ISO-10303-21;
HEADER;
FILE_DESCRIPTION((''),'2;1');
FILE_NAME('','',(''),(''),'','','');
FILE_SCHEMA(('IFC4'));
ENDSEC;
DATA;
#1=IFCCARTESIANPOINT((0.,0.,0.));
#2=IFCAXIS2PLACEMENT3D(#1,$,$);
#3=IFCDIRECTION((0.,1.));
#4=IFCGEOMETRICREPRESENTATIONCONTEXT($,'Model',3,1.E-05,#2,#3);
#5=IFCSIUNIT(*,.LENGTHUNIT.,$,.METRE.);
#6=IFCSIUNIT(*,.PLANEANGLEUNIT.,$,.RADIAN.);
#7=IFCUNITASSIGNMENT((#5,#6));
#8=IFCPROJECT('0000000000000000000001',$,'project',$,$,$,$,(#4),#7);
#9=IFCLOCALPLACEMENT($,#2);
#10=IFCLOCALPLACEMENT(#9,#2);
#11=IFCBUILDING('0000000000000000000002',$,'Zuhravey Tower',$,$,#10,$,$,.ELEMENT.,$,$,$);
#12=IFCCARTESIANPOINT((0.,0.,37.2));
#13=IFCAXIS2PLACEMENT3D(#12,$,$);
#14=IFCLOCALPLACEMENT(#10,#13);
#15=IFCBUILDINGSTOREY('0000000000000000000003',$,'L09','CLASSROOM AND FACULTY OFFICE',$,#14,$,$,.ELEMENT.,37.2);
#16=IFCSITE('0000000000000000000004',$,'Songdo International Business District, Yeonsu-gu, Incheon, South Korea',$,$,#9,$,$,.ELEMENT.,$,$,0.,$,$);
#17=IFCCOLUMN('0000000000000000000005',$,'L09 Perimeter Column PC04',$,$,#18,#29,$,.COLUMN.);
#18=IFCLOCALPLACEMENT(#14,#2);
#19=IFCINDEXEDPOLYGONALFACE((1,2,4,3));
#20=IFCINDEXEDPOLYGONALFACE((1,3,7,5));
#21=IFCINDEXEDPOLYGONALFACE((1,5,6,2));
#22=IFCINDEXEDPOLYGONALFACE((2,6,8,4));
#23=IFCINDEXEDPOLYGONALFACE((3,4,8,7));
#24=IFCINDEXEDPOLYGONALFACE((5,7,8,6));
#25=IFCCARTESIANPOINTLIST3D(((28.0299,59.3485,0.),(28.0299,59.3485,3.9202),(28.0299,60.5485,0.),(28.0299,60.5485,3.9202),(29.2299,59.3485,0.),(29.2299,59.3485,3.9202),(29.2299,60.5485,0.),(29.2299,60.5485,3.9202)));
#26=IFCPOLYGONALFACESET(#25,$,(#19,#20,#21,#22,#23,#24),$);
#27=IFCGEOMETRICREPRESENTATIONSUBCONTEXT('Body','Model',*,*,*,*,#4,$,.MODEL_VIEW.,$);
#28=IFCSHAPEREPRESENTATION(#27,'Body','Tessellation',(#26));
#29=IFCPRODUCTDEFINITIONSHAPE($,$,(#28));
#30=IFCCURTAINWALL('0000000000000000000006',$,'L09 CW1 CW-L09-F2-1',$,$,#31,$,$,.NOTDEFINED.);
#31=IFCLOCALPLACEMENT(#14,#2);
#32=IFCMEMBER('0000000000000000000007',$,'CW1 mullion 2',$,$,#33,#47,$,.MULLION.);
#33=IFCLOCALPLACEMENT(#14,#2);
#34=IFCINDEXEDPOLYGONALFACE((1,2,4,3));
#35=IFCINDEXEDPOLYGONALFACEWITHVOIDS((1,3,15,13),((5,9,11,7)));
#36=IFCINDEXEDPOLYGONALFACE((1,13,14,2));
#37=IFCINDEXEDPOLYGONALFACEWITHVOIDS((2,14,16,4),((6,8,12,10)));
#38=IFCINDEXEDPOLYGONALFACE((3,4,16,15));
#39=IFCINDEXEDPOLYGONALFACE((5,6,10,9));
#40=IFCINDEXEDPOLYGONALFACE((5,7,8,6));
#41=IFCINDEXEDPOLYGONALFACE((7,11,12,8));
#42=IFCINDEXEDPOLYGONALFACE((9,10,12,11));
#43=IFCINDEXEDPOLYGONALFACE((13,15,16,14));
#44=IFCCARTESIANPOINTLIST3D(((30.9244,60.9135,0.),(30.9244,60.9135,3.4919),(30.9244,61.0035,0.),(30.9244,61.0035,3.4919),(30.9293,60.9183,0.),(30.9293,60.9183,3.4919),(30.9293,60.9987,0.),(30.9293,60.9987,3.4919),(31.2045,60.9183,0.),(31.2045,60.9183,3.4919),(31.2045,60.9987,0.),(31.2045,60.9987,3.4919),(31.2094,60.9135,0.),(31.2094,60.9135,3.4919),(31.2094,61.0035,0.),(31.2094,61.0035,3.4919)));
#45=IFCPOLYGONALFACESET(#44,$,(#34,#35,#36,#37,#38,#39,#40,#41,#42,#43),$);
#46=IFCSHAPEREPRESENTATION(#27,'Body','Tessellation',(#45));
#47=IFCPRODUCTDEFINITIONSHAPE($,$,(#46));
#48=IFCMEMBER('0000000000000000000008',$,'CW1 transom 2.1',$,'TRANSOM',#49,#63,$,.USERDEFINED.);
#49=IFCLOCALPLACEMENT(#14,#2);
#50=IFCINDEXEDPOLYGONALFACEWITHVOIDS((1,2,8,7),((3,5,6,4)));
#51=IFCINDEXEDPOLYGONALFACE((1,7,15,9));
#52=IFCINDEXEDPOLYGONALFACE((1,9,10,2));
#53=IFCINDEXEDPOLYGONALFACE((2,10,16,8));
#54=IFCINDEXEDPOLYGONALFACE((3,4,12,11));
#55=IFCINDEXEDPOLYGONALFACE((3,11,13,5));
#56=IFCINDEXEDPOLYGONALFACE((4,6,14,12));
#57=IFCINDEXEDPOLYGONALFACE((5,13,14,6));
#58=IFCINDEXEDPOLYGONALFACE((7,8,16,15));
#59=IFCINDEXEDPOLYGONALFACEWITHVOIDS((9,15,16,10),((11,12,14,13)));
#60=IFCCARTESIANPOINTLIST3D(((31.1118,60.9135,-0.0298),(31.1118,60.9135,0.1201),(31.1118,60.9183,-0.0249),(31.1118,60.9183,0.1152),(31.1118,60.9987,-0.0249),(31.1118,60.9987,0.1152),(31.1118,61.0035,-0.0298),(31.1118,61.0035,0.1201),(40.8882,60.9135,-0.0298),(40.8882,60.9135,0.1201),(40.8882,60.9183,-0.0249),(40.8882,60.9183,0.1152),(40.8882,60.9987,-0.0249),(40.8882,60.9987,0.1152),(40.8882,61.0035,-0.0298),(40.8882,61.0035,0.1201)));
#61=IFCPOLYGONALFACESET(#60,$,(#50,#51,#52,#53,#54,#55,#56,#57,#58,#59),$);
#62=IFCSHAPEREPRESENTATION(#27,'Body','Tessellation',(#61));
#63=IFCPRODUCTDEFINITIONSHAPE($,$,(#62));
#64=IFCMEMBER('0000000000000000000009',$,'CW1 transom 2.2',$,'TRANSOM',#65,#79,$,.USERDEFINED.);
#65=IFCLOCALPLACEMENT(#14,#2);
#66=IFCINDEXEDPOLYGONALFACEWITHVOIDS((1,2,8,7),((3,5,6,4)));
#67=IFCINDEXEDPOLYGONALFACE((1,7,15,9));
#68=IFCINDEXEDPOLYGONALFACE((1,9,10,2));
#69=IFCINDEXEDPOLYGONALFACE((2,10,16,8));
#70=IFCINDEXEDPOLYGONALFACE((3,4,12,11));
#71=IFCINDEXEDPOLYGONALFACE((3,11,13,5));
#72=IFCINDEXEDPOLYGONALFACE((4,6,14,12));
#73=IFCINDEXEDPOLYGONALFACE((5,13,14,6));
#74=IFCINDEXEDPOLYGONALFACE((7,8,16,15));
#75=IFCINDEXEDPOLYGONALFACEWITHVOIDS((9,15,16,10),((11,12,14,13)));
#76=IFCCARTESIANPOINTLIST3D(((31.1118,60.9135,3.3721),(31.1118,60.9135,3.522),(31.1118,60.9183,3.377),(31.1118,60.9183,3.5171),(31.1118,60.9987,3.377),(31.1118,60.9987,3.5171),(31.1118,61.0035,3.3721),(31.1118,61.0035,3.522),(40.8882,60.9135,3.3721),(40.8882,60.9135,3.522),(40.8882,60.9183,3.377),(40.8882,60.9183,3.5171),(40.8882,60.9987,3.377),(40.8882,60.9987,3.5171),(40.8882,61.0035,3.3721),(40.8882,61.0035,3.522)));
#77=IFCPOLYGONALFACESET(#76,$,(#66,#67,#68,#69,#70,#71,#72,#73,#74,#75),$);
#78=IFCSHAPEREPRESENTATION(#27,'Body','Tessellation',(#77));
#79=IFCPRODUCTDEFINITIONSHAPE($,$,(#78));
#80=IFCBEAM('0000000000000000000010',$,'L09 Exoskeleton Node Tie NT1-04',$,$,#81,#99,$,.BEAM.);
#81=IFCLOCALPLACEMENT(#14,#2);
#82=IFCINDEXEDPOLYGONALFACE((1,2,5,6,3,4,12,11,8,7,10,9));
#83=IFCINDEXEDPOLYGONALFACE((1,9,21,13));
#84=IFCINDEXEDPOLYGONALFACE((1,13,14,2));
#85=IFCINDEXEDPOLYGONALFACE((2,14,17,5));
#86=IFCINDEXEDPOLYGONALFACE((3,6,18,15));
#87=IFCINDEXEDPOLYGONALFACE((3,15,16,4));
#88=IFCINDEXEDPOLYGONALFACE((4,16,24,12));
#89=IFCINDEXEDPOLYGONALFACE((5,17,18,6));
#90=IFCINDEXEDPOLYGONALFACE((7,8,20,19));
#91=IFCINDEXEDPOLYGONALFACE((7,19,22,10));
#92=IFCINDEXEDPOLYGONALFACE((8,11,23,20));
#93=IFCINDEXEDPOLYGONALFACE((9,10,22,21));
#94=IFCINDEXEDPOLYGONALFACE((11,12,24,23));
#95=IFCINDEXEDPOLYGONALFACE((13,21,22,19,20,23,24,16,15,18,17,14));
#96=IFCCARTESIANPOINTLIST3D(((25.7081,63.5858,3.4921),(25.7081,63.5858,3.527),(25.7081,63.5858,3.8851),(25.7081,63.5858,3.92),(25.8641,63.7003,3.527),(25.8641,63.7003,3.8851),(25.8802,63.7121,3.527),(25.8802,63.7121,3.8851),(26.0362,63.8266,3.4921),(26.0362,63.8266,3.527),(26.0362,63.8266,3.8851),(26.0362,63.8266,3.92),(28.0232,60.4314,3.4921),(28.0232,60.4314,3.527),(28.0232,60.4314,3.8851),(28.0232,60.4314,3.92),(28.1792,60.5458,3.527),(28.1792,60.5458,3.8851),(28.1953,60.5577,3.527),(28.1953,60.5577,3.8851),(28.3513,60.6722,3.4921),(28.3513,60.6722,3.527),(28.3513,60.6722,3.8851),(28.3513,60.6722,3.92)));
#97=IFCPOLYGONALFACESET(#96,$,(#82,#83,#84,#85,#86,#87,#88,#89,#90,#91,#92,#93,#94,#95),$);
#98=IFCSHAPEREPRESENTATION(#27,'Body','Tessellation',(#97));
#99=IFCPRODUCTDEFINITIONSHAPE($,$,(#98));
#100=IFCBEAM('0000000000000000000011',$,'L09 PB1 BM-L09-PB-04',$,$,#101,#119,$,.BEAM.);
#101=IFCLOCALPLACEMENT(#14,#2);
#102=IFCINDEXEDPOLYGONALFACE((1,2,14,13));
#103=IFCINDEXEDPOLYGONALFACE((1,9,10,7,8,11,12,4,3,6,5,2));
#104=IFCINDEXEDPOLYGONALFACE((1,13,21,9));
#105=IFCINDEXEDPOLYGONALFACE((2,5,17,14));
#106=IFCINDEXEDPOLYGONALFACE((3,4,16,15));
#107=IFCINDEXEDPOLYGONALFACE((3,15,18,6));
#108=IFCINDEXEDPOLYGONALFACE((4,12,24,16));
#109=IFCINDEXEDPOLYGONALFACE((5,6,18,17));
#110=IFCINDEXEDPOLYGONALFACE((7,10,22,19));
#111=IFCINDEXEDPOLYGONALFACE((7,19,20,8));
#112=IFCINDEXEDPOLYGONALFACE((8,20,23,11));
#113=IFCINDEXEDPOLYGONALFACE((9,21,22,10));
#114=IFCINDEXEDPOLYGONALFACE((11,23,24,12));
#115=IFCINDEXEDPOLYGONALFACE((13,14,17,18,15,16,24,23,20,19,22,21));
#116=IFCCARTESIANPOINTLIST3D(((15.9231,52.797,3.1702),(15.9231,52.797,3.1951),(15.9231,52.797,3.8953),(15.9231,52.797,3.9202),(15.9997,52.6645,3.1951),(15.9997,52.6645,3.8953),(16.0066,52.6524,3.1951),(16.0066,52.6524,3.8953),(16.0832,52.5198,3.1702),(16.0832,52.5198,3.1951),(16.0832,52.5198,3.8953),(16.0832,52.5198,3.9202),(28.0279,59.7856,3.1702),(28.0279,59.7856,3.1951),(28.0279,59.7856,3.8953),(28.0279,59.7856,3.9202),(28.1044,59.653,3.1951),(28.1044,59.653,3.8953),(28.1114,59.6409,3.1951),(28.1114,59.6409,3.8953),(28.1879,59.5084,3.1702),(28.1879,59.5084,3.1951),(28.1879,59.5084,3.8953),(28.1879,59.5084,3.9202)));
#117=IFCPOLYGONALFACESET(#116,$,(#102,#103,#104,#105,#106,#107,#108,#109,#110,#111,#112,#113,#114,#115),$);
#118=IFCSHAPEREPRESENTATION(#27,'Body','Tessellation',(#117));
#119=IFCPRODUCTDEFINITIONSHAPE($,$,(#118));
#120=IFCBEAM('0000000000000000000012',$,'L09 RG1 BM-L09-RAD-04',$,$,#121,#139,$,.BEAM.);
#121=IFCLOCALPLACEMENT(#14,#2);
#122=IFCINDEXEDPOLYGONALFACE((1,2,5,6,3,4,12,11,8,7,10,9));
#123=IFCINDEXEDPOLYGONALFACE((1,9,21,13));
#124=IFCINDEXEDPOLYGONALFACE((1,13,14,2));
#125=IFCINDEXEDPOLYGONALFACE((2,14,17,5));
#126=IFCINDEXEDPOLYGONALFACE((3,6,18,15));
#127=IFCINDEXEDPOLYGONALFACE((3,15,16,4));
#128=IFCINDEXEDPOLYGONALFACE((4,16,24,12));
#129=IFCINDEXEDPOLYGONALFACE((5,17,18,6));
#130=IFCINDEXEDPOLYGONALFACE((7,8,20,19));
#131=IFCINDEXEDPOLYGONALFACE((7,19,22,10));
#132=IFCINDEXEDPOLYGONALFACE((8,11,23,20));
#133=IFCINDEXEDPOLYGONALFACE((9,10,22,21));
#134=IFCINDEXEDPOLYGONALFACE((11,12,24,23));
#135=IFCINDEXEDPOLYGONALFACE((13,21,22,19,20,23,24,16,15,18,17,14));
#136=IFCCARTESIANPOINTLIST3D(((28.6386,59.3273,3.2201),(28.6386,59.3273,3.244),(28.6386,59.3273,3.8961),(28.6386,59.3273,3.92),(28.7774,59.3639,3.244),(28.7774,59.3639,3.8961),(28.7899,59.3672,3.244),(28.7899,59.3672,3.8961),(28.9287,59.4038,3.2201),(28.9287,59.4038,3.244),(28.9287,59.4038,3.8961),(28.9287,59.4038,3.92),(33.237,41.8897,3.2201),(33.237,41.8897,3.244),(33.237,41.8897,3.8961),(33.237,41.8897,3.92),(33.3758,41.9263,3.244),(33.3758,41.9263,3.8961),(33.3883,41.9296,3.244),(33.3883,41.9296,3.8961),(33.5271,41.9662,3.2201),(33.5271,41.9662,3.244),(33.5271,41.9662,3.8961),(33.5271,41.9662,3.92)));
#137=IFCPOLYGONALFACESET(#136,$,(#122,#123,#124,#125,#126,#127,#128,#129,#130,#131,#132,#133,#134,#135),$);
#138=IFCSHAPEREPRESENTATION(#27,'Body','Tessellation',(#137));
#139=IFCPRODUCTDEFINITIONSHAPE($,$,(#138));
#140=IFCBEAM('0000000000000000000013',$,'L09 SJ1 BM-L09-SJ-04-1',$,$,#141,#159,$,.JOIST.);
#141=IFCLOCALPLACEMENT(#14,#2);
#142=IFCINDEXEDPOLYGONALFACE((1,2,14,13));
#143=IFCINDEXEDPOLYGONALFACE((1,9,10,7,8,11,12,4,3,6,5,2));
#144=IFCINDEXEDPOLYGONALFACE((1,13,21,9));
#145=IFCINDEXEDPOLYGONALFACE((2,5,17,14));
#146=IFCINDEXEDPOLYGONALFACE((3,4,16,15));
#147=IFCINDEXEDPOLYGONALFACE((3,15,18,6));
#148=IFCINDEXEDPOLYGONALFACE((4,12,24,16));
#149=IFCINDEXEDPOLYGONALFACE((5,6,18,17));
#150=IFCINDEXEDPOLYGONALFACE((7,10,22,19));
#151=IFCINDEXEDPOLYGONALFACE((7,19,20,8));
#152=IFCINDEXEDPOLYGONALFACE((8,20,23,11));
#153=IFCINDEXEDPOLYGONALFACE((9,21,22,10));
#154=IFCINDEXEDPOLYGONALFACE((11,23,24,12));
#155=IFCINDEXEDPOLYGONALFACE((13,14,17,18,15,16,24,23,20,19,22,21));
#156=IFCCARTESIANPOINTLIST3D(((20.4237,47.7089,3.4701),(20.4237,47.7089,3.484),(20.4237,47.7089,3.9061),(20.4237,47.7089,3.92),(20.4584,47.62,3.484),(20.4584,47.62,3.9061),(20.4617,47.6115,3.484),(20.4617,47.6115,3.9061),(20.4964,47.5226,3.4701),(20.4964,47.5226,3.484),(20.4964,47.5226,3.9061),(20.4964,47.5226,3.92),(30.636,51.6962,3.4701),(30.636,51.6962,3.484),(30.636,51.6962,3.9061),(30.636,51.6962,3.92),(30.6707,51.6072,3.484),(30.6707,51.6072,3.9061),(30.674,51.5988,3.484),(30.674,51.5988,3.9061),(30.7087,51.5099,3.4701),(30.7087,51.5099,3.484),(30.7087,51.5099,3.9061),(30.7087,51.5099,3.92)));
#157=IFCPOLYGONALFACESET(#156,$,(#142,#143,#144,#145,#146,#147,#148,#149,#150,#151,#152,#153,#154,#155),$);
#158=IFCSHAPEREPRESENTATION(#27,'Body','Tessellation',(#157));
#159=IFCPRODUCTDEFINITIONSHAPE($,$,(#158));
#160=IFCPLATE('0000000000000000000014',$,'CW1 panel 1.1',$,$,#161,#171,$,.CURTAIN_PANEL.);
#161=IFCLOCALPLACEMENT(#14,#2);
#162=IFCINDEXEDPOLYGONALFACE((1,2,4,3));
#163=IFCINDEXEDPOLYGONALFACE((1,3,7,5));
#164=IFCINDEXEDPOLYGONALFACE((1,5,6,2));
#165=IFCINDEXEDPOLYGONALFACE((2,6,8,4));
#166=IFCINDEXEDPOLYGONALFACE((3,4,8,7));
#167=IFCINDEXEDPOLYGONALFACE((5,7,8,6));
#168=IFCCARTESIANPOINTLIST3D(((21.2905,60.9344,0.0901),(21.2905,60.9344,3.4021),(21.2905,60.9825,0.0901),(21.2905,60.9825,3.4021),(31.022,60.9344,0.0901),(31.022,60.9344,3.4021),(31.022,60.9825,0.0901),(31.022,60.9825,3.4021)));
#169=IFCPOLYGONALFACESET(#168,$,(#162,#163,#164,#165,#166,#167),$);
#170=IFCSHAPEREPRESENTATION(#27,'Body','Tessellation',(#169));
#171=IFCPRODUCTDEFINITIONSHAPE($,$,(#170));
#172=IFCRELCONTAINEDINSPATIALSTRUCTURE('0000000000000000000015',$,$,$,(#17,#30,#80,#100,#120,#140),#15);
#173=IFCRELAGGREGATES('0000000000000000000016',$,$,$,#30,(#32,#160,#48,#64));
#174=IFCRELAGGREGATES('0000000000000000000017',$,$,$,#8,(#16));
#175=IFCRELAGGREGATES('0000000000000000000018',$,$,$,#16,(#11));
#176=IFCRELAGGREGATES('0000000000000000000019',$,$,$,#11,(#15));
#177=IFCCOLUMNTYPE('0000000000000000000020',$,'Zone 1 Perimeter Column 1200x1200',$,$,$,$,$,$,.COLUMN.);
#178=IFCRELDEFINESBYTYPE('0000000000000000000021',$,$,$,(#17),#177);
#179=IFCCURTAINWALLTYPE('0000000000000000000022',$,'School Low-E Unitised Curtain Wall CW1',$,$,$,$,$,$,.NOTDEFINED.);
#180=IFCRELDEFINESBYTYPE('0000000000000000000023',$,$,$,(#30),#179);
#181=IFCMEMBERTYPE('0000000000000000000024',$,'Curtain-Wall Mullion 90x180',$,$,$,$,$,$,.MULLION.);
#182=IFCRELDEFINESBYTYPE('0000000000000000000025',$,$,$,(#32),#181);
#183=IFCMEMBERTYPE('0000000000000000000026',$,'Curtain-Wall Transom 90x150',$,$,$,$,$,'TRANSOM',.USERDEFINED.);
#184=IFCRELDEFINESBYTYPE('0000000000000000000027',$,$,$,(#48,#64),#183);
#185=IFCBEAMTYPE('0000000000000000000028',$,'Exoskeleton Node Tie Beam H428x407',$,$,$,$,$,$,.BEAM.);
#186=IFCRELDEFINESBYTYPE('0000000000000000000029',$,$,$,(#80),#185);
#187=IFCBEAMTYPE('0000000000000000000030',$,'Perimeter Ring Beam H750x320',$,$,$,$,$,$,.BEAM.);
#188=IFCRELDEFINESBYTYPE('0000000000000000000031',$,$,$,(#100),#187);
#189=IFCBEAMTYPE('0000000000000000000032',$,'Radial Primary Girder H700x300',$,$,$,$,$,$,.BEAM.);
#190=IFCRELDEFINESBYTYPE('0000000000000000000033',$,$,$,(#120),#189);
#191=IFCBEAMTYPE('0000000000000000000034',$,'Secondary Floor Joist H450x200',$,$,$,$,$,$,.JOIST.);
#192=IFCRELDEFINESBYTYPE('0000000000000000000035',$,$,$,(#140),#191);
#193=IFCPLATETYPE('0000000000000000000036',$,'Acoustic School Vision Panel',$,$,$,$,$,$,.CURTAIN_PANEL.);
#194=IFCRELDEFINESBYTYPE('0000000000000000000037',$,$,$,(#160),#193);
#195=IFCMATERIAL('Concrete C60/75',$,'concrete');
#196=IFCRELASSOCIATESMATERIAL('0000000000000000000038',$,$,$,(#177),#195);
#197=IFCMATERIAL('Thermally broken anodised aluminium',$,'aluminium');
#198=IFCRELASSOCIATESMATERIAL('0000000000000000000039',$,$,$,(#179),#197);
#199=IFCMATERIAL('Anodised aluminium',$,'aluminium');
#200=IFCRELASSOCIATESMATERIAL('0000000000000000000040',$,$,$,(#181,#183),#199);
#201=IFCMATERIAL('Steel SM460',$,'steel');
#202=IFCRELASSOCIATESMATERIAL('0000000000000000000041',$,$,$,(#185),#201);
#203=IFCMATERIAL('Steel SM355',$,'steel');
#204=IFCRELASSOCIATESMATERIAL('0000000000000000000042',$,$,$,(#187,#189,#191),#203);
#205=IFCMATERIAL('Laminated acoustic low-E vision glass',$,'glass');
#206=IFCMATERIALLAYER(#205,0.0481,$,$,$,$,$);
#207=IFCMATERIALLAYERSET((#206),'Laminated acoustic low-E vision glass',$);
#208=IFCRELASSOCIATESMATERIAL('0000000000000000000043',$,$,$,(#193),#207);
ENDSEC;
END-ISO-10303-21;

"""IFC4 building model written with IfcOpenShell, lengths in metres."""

from ifc_helpers import new_model, si_unit, direction, frame, origin, origin_2d, place, context, subcontext, project, spatial, rectangle, hollow_rectangle, i_section, extrude, material, layer, layer_set, material_profile, profile_set, type_object, element, aggregate, save


model = new_model("IFC4")

# Units and contexts
model_context = context("Model", 3, precision=1e-05, world=origin(), true_north=direction((0.0, 1.0)))
body_context = subcontext(model_context, "Body", "Model", "MODEL_VIEW")
ifc_project = project(units=[si_unit("LENGTHUNIT", "METRE"), si_unit("PLANEANGLEUNIT", "RADIAN")], contexts=[model_context])

# Site, building, storey
site_placement = place(None, origin())
site = spatial("IfcSite", under=ifc_project, at=site_placement, Name="Songdo International Business District, Yeonsu-gu, Incheon, South Korea", CompositionType="ELEMENT", RefElevation=0.0)
building_placement = place(site_placement, origin())
building = spatial("IfcBuilding", under=site, at=building_placement, Name="Zuhravey Tower", CompositionType="ELEMENT")
storey_placement = place(building_placement, frame((0.0, 0.0, 37.2)))
storey = spatial("IfcBuildingStorey", under=building, at=storey_placement, Name="L09", Description="CLASSROOM AND FACULTY OFFICE", CompositionType="ELEMENT", Elevation=37.2)

# Column
ifc_material_1 = material(Name="Concrete C60/75", Category="concrete")
ifc_material_profile_1 = material_profile(ifc_material_1, rectangle(XDim=1.2, YDim=1.2, at=origin_2d()), Name="RC-1200x1200")
ifc_profile_set_1 = profile_set([ifc_material_profile_1], Name="Concrete C60/75")
column_type = type_object("IfcColumnType", Name="Zone 1 Perimeter Column 1200x1200", PredefinedType="COLUMN", material=ifc_profile_set_1)
column_placement = place(storey_placement, frame((28.6299, 59.9485, 0.0), z_axis=(0.0, 0.0, 1.0), x_axis=(-1.0, 0.0, 0.0)))
element("IfcColumn", 1, at=column_placement, inside=storey, type_object=column_type, Name="L09 Perimeter Column PC04", PredefinedType="COLUMN", context=body_context, shape_type="SweptSolid", body=[
    extrude(rectangle(XDim=1.2, YDim=1.2, at=origin_2d()), origin(), (0.0, 0.0, 1.0), 3.9202),
])

# Curtain wall, members
ifc_material_2 = material(Name="Thermally broken anodised aluminium", Category="aluminium")
curtain_wall_type = type_object("IfcCurtainWallType", Name="School Low-E Unitised Curtain Wall CW1", PredefinedType="NOTDEFINED", material=ifc_material_2)
curtain_wall_placement = place(storey_placement, origin())
curtain_wall = element("IfcCurtainWall", 2, at=curtain_wall_placement, inside=storey, type_object=curtain_wall_type, Name="L09 CW1 CW-L09-F2-1", PredefinedType="NOTDEFINED")
ifc_material_3 = material(Name="Anodised aluminium", Category="aluminium")
ifc_material_profile_2 = material_profile(ifc_material_3, hollow_rectangle(XDim=0.0901, YDim=0.2849, WallThickness=0.0049, at=origin_2d()), Name="ALU-RHS-90x285x5")
ifc_profile_set_2 = profile_set([ifc_material_profile_2], Name="Anodised aluminium")
member_type_1 = type_object("IfcMemberType", Name="Curtain-Wall Mullion 90x180", PredefinedType="MULLION", material=ifc_profile_set_2)
member_1_placement = place(storey_placement, frame((31.0669, 60.9585, 0.0), z_axis=(0.0, 0.0, 1.0), x_axis=(0.0, 1.0, 0.0)))
member_1 = element("IfcMember", 3, at=member_1_placement, type_object=member_type_1, Name="CW1 mullion 2", PredefinedType="MULLION", context=body_context, shape_type="SweptSolid", body=[
    extrude(hollow_rectangle(XDim=0.0901, YDim=0.2849, WallThickness=0.0049, at=origin_2d()), origin(), (0.0, 0.0, 1.0), 3.4919),
])
ifc_material_profile_3 = material_profile(ifc_material_3, hollow_rectangle(XDim=0.0901, YDim=0.1499, WallThickness=0.0049, at=origin_2d()), Name="ALU-RHS-90x150x5")
ifc_profile_set_3 = profile_set([ifc_material_profile_3], Name="Anodised aluminium")
member_type_2 = type_object("IfcMemberType", Name="Curtain-Wall Transom 90x150", ElementType="TRANSOM", PredefinedType="USERDEFINED", material=ifc_profile_set_3)
member_2_placement = place(storey_placement, frame((31.1118, 60.9585, 0.0452), z_axis=(1.0, 0.0, 0.0), x_axis=(0.0, 1.0, 0.0)))
member_2 = element("IfcMember", 4, at=member_2_placement, type_object=member_type_2, Name="CW1 transom 2.1", ObjectType="TRANSOM", PredefinedType="USERDEFINED", context=body_context, shape_type="SweptSolid", body=[
    extrude(hollow_rectangle(XDim=0.0901, YDim=0.1499, WallThickness=0.0049, at=origin_2d()), origin(), (0.0, 0.0, 1.0), 9.7764),
])
member_3_placement = place(storey_placement, frame((31.1118, 60.9585, 3.447), z_axis=(1.0, 0.0, 0.0), x_axis=(0.0, 1.0, 0.0)))
member_3 = element("IfcMember", 5, at=member_3_placement, type_object=member_type_2, Name="CW1 transom 2.2", ObjectType="TRANSOM", PredefinedType="USERDEFINED", context=body_context, shape_type="SweptSolid", body=[
    extrude(hollow_rectangle(XDim=0.0901, YDim=0.1499, WallThickness=0.0049, at=origin_2d()), origin(), (0.0, 0.0, 1.0), 9.7764),
])

# Beams
ifc_material_4 = material(Name="Steel SM460", Category="steel")
ifc_material_profile_4 = material_profile(ifc_material_4, i_section(OverallWidth=0.407, OverallDepth=0.428, WebThickness=0.02, FlangeThickness=0.0349, at=origin_2d()), Name="H-428x407x20x35")
ifc_profile_set_4 = profile_set([ifc_material_profile_4], Name="Steel SM460")
beam_type_1 = type_object("IfcBeamType", Name="Exoskeleton Node Tie Beam H428x407", PredefinedType="BEAM", material=ifc_profile_set_4)
beam_1_placement = place(storey_placement, frame((28.1873, 60.5518, 3.7061), z_axis=(-0.591672, 0.806179, 0.0), x_axis=(-0.806179, -0.591672, 0.0)))
element("IfcBeam", 6, at=beam_1_placement, inside=storey, type_object=beam_type_1, Name="L09 Exoskeleton Node Tie NT1-04", PredefinedType="BEAM", context=body_context, shape_type="SweptSolid", body=[
    extrude(i_section(OverallWidth=0.407, OverallDepth=0.428, WebThickness=0.02, FlangeThickness=0.0349, at=origin_2d()), origin(), (0.0, 0.0, 1.0), 3.9128),
])
ifc_material_5 = material(Name="Steel SM355", Category="steel")
ifc_material_profile_5 = material_profile(ifc_material_5, i_section(OverallWidth=0.3201, OverallDepth=0.75, WebThickness=0.0139, FlangeThickness=0.0249, at=origin_2d()), Name="H-750x320x14x25")
ifc_profile_set_5 = profile_set([ifc_material_profile_5], Name="Steel SM355")
beam_type_2 = type_object("IfcBeamType", Name="Perimeter Ring Beam H750x320", PredefinedType="BEAM", material=ifc_profile_set_5)
beam_2_placement = place(storey_placement, frame((28.1079, 59.647, 3.5452), z_axis=(-0.86603, -0.499992, 0.0), x_axis=(0.499992, -0.86603, 0.0)))
element("IfcBeam", 7, at=beam_2_placement, inside=storey, type_object=beam_type_2, Name="L09 PB1 BM-L09-PB-04", PredefinedType="BEAM", context=body_context, shape_type="SweptSolid", body=[
    extrude(i_section(OverallWidth=0.3201, OverallDepth=0.75, WebThickness=0.0139, FlangeThickness=0.0249, at=origin_2d()), origin(), (0.0, 0.0, 1.0), 13.9773),
])
ifc_material_profile_6 = material_profile(ifc_material_5, i_section(OverallWidth=0.3, OverallDepth=0.7, WebThickness=0.0129, FlangeThickness=0.0239, at=origin_2d()), Name="H-700x300x13x24")
ifc_profile_set_6 = profile_set([ifc_material_profile_6], Name="Steel SM355")
beam_type_3 = type_object("IfcBeamType", Name="Radial Primary Girder H700x300", PredefinedType="BEAM", material=ifc_profile_set_6)
beam_3_placement = place(storey_placement, frame((33.3821, 41.928, 3.5701), z_axis=(-0.25499, 0.966944, 0.0), x_axis=(-0.966944, -0.25499, 0.0)))
element("IfcBeam", 8, at=beam_3_placement, inside=storey, type_object=beam_type_3, Name="L09 RG1 BM-L09-RAD-04", PredefinedType="BEAM", context=body_context, shape_type="SweptSolid", body=[
    extrude(i_section(OverallWidth=0.3, OverallDepth=0.7, WebThickness=0.0129, FlangeThickness=0.0239, at=origin_2d()), origin(), (0.0, 0.0, 1.0), 18.0337),
])
ifc_material_profile_7 = material_profile(ifc_material_5, i_section(OverallWidth=0.2, OverallDepth=0.45, WebThickness=0.009, FlangeThickness=0.0139, at=origin_2d()), Name="H-450x200x9x14")
ifc_profile_set_7 = profile_set([ifc_material_profile_7], Name="Steel SM355")
beam_type_4 = type_object("IfcBeamType", Name="Secondary Floor Joist H450x200", PredefinedType="JOIST", material=ifc_profile_set_7)
beam_4_placement = place(storey_placement, frame((30.6724, 51.603, 3.6951), z_axis=(-0.931517, -0.363699, 0.0), x_axis=(0.363699, -0.931517, 0.0)))
element("IfcBeam", 9, at=beam_4_placement, inside=storey, type_object=beam_type_4, Name="L09 SJ1 BM-L09-SJ-04-1", PredefinedType="JOIST", context=body_context, shape_type="SweptSolid", body=[
    extrude(i_section(OverallWidth=0.2, OverallDepth=0.45, WebThickness=0.009, FlangeThickness=0.0139, at=origin_2d()), origin(), (0.0, 0.0, 1.0), 10.9631),
])

# Plate
ifc_material_6 = material(Name="Laminated acoustic low-E vision glass", Category="glass")
ifc_layer_1 = layer(ifc_material_6, 0.0481)
ifc_layer_set_1 = layer_set([ifc_layer_1], Name="Laminated acoustic low-E vision glass")
plate_type = type_object("IfcPlateType", Name="Acoustic School Vision Panel", PredefinedType="CURTAIN_PANEL", material=ifc_layer_set_1)
plate_placement = place(storey_placement, frame((26.1562, 60.9585, 0.0901), z_axis=(0.0, 0.0, 1.0), x_axis=(1.0, 0.0, 0.0)))
plate = element("IfcPlate", 10, at=plate_placement, type_object=plate_type, Name="CW1 panel 1.1", PredefinedType="CURTAIN_PANEL", context=body_context, shape_type="SweptSolid", body=[
    extrude(rectangle(XDim=9.7314, YDim=0.0481, at=origin_2d()), origin(), (0.0, 0.0, 1.0), 3.312),
])
aggregate(curtain_wall, [member_1, plate, member_2, member_3])

save(model, "model.ifc")
